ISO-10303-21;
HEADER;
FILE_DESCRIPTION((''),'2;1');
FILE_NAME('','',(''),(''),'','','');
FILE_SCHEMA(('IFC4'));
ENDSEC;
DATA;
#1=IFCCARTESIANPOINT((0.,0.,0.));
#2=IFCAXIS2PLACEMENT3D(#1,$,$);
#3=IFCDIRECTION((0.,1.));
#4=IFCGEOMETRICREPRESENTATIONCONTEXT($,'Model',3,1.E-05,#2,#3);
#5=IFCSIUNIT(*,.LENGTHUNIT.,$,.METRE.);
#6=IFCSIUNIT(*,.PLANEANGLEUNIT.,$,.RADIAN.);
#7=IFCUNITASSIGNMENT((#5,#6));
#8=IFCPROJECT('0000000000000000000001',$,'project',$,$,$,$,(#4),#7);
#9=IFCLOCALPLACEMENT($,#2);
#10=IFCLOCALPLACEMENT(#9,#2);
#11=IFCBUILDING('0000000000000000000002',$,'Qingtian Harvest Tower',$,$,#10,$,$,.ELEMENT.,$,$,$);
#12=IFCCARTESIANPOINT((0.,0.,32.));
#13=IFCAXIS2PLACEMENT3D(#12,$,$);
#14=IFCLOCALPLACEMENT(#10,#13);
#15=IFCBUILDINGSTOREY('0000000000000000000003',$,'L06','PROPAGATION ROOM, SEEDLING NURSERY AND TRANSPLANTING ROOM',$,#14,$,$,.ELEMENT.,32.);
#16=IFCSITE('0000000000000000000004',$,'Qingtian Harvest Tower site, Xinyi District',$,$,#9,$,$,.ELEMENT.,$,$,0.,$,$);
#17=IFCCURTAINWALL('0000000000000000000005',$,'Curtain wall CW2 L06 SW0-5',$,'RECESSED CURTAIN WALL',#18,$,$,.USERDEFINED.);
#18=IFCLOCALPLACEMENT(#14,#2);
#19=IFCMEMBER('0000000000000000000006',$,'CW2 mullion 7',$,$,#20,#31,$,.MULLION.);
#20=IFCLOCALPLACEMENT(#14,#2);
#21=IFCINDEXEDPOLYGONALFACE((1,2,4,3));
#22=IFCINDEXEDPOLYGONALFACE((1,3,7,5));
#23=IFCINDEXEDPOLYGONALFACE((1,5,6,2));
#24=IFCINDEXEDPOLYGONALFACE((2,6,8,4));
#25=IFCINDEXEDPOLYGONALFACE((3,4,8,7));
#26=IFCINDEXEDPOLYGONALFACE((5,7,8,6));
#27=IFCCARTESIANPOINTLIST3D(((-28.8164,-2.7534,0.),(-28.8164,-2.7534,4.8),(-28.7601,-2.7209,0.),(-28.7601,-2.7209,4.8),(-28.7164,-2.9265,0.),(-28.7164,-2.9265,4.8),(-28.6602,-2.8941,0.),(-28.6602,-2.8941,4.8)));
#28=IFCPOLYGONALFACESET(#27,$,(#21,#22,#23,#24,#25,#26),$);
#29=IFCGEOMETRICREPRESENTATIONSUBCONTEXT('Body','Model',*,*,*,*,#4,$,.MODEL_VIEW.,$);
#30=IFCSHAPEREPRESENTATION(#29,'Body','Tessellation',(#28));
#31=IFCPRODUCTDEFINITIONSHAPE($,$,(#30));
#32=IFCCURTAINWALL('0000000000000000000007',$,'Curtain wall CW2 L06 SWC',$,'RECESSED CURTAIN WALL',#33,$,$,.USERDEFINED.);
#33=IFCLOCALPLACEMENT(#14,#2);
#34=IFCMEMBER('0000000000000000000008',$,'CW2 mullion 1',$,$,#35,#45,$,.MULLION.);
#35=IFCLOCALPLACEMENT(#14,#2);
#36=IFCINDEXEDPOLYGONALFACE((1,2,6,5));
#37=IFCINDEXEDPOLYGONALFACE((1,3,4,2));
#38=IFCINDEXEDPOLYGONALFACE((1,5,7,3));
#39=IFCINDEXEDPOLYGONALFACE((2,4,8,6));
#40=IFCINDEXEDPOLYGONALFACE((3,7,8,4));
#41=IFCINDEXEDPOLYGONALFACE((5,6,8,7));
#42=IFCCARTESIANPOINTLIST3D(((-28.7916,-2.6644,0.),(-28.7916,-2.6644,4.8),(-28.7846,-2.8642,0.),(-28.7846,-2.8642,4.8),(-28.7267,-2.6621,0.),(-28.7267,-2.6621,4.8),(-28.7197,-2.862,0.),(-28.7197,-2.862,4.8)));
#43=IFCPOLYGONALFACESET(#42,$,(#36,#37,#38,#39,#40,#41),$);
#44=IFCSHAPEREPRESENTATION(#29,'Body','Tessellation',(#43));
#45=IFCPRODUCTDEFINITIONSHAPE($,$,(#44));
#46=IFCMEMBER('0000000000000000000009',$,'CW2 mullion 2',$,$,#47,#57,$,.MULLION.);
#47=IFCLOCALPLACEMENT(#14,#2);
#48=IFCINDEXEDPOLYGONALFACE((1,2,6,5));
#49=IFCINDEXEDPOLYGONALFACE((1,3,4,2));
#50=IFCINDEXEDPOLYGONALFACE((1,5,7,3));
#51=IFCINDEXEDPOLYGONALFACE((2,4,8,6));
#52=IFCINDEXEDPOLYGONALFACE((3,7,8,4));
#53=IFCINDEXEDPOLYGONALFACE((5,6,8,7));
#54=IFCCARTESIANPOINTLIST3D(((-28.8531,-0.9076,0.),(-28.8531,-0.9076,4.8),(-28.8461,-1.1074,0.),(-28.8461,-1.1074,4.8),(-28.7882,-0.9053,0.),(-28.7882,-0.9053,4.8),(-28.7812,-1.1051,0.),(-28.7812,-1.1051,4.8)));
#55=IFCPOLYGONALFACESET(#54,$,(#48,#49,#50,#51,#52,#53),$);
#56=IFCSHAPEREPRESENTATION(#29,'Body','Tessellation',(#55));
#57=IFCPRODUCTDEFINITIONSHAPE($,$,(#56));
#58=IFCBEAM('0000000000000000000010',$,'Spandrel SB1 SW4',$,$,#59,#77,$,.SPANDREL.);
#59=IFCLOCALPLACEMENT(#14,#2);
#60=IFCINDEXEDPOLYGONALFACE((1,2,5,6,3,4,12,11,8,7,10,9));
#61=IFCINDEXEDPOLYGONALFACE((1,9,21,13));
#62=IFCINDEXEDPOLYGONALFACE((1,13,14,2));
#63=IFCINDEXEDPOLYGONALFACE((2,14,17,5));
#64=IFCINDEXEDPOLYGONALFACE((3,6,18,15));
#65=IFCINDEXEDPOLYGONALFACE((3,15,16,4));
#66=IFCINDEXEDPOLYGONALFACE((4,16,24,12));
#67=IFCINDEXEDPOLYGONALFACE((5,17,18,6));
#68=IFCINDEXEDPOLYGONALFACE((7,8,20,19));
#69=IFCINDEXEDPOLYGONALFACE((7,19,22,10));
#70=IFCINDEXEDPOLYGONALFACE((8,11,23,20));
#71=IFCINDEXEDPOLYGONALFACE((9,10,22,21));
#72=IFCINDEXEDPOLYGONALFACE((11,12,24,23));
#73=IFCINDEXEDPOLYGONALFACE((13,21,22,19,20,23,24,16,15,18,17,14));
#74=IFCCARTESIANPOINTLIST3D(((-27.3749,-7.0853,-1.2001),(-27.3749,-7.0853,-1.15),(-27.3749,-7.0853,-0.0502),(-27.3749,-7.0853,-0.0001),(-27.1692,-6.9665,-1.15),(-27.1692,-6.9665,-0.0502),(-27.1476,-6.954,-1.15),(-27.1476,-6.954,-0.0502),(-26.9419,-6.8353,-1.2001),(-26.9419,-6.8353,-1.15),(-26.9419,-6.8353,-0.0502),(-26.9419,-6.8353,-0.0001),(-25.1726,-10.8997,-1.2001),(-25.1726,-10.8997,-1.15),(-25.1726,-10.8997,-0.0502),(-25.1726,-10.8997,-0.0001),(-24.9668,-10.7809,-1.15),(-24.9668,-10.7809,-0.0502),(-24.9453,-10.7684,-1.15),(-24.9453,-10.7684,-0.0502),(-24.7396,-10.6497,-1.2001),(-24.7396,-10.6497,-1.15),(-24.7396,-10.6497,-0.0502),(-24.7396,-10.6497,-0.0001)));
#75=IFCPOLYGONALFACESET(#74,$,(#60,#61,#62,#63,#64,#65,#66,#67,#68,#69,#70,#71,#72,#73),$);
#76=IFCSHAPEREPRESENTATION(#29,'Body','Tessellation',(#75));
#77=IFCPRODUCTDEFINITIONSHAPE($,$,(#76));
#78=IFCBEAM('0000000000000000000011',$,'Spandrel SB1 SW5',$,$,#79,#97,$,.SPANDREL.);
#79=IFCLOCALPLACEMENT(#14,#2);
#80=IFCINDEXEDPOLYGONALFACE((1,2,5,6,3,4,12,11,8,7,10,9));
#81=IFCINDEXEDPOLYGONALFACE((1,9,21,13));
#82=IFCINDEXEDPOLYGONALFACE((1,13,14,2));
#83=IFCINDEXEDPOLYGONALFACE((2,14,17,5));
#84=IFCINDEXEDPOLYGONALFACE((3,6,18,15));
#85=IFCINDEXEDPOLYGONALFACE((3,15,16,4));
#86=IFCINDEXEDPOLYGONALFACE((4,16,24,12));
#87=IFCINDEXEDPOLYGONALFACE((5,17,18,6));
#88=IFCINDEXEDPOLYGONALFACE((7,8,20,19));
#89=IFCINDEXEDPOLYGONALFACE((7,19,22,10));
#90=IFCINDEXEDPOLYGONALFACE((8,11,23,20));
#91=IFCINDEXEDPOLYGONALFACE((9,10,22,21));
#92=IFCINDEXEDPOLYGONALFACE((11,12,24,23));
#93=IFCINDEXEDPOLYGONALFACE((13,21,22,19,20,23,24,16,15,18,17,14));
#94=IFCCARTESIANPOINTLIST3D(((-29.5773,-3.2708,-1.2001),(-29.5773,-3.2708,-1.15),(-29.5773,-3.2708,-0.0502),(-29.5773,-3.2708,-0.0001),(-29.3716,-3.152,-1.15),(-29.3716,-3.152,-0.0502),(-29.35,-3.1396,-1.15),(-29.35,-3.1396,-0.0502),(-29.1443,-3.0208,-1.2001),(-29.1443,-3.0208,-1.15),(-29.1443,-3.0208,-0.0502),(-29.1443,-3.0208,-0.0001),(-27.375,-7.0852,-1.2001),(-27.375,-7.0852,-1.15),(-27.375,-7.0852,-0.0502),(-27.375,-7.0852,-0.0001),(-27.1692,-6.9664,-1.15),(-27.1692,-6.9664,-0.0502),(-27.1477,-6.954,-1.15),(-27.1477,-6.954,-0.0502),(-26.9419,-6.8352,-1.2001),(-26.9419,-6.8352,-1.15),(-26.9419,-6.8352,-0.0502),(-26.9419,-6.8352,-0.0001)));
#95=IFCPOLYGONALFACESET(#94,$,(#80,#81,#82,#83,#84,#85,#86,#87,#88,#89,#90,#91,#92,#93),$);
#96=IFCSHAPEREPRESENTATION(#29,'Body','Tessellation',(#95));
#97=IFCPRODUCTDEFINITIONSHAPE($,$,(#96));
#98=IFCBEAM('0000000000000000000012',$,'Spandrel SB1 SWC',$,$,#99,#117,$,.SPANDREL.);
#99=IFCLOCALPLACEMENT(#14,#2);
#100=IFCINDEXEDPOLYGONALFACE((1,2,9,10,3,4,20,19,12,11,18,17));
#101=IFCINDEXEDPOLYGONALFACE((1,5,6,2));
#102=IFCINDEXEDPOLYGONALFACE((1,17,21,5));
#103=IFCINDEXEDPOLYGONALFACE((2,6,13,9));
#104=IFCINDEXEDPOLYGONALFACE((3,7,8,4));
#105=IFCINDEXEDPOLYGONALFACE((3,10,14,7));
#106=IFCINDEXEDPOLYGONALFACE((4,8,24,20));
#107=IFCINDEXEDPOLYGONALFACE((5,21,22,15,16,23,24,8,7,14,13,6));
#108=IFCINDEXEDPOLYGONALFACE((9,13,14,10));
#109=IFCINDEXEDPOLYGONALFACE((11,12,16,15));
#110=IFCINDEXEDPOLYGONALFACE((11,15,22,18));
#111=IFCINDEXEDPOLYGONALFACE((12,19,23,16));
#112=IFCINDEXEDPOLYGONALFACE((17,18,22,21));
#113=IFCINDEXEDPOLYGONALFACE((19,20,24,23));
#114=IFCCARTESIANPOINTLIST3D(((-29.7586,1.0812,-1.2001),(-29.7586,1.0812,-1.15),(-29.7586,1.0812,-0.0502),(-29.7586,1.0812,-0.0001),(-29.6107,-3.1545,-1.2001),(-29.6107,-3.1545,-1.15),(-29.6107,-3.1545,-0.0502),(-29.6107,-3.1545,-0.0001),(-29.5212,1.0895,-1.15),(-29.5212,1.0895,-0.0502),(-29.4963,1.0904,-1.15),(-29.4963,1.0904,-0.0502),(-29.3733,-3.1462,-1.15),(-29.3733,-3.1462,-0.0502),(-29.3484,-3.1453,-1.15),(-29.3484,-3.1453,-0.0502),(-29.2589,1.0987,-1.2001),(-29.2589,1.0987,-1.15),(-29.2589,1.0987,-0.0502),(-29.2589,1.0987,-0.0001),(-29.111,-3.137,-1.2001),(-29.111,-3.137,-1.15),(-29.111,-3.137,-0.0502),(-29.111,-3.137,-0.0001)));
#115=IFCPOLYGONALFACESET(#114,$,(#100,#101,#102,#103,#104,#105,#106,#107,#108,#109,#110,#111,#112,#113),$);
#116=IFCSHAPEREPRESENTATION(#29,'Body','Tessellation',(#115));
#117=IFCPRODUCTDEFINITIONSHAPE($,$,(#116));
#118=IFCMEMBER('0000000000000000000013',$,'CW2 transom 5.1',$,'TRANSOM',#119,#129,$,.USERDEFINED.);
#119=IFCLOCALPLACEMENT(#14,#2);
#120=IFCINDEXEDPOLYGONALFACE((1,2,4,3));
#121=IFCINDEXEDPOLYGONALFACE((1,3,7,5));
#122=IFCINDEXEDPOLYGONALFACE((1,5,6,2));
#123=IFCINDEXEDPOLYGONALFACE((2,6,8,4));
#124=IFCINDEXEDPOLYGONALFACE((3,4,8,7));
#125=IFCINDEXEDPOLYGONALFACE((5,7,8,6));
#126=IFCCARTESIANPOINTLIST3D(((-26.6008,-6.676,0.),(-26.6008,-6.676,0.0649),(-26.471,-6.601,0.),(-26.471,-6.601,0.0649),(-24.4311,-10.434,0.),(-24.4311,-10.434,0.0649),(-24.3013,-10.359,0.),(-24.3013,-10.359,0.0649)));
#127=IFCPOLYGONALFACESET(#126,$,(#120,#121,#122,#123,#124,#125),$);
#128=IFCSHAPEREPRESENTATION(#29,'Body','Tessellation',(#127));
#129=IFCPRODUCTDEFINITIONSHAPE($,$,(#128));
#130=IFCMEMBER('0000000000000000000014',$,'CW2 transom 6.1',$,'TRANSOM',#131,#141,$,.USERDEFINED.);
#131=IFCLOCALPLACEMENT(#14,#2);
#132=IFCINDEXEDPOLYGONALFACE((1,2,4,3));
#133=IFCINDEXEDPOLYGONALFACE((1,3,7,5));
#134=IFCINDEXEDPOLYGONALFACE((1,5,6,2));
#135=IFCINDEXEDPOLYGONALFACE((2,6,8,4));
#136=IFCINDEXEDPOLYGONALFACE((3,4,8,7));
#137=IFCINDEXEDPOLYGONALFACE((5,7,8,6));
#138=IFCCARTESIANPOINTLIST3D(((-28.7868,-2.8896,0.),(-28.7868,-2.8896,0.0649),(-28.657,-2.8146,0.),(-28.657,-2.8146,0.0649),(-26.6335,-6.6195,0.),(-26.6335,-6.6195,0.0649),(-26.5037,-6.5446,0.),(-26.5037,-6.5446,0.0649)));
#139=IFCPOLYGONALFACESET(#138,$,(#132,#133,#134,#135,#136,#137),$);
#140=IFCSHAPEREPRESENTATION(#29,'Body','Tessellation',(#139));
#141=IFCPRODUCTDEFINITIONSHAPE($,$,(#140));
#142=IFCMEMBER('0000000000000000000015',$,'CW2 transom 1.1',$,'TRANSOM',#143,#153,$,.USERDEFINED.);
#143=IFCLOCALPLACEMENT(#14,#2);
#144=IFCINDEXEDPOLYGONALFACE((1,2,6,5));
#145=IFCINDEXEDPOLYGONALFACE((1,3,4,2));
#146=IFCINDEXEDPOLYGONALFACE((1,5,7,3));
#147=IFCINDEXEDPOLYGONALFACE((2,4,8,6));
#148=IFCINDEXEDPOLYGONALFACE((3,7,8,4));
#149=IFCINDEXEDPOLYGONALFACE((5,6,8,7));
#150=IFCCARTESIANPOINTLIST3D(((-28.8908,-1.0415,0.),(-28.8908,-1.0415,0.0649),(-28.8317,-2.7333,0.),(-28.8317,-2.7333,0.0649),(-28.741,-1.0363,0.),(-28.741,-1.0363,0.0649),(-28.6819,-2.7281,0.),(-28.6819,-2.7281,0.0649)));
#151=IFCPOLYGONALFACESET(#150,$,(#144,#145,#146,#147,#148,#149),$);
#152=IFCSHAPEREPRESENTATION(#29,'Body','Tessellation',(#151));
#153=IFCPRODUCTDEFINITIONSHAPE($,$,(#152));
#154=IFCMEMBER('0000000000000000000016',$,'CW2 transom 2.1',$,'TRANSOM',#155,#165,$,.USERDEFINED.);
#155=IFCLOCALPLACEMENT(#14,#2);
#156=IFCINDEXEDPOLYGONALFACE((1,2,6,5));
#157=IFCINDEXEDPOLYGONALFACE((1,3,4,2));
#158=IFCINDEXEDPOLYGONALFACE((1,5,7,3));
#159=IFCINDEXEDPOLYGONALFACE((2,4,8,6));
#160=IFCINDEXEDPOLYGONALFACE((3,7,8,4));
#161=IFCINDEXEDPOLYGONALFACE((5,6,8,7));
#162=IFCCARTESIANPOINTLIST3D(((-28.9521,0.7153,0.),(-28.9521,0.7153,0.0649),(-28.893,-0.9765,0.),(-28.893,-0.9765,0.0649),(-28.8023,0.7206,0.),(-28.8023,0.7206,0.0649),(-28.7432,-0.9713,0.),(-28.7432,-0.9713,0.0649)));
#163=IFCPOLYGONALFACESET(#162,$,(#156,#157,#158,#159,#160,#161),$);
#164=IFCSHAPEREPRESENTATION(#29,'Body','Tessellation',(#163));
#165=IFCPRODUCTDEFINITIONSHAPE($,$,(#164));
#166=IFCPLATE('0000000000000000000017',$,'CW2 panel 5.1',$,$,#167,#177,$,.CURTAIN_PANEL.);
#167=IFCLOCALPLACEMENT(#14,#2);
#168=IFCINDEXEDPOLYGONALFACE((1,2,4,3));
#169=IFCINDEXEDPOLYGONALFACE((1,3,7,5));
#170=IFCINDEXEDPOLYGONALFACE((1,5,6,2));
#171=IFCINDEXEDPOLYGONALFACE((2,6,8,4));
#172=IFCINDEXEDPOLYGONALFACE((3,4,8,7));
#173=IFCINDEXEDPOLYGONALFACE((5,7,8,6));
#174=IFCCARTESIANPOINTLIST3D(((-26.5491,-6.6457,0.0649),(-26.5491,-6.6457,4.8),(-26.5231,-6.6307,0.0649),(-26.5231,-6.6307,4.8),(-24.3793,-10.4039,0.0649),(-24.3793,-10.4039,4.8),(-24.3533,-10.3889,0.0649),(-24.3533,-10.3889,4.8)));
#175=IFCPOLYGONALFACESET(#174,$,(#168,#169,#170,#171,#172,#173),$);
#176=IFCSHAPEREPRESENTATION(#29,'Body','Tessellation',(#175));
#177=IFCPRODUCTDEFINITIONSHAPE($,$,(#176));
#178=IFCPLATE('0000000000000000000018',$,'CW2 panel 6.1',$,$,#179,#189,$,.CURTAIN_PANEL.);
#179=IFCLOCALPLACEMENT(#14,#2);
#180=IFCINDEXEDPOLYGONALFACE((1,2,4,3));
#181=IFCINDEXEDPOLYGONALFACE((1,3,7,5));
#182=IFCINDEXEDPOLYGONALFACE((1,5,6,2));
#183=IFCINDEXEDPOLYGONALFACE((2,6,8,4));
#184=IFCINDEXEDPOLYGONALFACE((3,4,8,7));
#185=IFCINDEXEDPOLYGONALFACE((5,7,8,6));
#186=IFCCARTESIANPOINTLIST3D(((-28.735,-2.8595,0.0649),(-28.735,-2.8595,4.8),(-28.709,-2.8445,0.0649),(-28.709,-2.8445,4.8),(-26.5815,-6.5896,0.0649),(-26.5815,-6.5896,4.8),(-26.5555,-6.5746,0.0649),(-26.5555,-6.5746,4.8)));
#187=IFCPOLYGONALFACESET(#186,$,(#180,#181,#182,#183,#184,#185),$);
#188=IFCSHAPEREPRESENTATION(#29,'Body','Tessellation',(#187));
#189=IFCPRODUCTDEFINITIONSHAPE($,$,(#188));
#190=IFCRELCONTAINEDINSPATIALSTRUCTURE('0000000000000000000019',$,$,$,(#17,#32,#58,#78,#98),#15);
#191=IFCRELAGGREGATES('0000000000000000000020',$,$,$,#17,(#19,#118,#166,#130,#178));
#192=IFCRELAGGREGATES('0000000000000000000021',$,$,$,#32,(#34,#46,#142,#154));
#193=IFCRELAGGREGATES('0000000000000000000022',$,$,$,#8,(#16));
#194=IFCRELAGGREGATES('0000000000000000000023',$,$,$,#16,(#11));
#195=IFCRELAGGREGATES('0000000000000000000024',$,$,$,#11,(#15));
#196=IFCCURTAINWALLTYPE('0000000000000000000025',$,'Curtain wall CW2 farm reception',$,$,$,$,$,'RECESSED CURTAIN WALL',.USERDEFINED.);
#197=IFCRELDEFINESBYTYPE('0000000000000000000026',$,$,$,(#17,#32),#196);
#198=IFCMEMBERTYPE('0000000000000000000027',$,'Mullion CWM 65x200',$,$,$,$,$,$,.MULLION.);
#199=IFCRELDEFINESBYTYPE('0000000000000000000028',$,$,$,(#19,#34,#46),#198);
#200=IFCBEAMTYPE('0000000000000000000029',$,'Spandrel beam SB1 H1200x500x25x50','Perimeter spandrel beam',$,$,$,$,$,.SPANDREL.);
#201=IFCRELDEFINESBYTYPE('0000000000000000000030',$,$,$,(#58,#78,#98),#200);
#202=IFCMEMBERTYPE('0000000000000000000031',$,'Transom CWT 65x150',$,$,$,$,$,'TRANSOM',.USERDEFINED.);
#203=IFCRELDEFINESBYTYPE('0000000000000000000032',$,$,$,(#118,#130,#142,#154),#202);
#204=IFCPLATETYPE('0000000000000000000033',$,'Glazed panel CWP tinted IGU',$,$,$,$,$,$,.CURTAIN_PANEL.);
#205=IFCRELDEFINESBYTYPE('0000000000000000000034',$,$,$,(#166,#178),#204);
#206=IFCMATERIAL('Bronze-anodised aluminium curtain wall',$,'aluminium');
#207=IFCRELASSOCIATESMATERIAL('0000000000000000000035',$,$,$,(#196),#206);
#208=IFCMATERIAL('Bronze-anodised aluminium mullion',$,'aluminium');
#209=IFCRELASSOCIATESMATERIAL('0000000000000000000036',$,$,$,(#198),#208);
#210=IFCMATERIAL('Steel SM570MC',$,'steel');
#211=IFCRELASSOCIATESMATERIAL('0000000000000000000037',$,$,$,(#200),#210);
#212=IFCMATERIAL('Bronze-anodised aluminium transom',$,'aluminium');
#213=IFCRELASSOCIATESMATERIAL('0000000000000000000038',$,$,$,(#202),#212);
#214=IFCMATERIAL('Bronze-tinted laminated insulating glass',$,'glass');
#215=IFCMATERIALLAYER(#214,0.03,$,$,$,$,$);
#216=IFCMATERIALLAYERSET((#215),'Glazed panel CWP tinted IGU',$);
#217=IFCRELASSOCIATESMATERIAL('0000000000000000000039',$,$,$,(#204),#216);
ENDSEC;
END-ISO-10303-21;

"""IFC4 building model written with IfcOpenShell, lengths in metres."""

from ifc_helpers import new_model, si_unit, direction, frame, origin, origin_2d, place, context, subcontext, project, spatial, rectangle, i_section, extrude, material, layer, layer_set, material_profile, profile_set, type_object, element, aggregate, save


model = new_model("IFC4")

# Units and contexts
model_context = context("Model", 3, precision=1e-05, world=origin(), true_north=direction((0.0, 1.0)))
body_context = subcontext(model_context, "Body", "Model", "MODEL_VIEW")
ifc_project = project(units=[si_unit("LENGTHUNIT", "METRE"), si_unit("PLANEANGLEUNIT", "RADIAN")], contexts=[model_context])

# Site, building, storey
site_placement = place(None, origin())
site = spatial("IfcSite", under=ifc_project, at=site_placement, Name="Qingtian Harvest Tower site, Xinyi District", CompositionType="ELEMENT", RefElevation=0.0)
building_placement = place(site_placement, origin())
building = spatial("IfcBuilding", under=site, at=building_placement, Name="Qingtian Harvest Tower", CompositionType="ELEMENT")
storey_placement = place(building_placement, frame((0.0, 0.0, 32.0)))
storey = spatial("IfcBuildingStorey", under=building, at=storey_placement, Name="L06", Description="PROPAGATION ROOM, SEEDLING NURSERY AND TRANSPLANTING ROOM", CompositionType="ELEMENT", Elevation=32.0)

# Curtain walls, members
ifc_material_1 = material(Name="Bronze-anodised aluminium curtain wall", Category="aluminium")
curtain_wall_type = type_object("IfcCurtainWallType", Name="Curtain wall CW2 farm reception", ElementType="RECESSED CURTAIN WALL", PredefinedType="USERDEFINED", material=ifc_material_1)
curtain_wall_1_placement = place(storey_placement, origin())
curtain_wall_1 = element("IfcCurtainWall", 1, at=curtain_wall_1_placement, inside=storey, type_object=curtain_wall_type, Name="Curtain wall CW2 L06 SW0-5", ObjectType="RECESSED CURTAIN WALL", PredefinedType="USERDEFINED")
ifc_material_2 = material(Name="Bronze-anodised aluminium mullion", Category="aluminium")
ifc_material_profile_1 = material_profile(ifc_material_2, rectangle(XDim=0.0649, YDim=0.2, at=origin_2d()), Name="AL 65x200")
ifc_profile_set_1 = profile_set([ifc_material_profile_1], Name="Bronze-anodised aluminium mullion")
member_type_1 = type_object("IfcMemberType", Name="Mullion CWM 65x200", PredefinedType="MULLION", material=ifc_profile_set_1)
member_1_placement = place(storey_placement, frame((-28.7383, -2.8237, 0.0), z_axis=(0.0, 0.0, 1.0), x_axis=(-0.866025, -0.5, 0.0)))
member_1 = element("IfcMember", 2, at=member_1_placement, type_object=member_type_1, Name="CW2 mullion 7", PredefinedType="MULLION", context=body_context, shape_type="SweptSolid", body=[
    extrude(rectangle(XDim=0.0649, YDim=0.2, at=origin_2d()), origin(), (0.0, 0.0, 1.0), 4.8),
])
curtain_wall_2_placement = place(storey_placement, origin())
curtain_wall_2 = element("IfcCurtainWall", 3, at=curtain_wall_2_placement, inside=storey, type_object=curtain_wall_type, Name="Curtain wall CW2 L06 SWC", ObjectType="RECESSED CURTAIN WALL", PredefinedType="USERDEFINED")
member_2_placement = place(storey_placement, frame((-28.7556, -2.7632, 0.0), z_axis=(0.0, 0.0, 1.0), x_axis=(-0.999391, -0.034899, 0.0)))
member_2 = element("IfcMember", 4, at=member_2_placement, type_object=member_type_1, Name="CW2 mullion 1", PredefinedType="MULLION", context=body_context, shape_type="SweptSolid", body=[
    extrude(rectangle(XDim=0.0649, YDim=0.2, at=origin_2d()), origin(), (0.0, 0.0, 1.0), 4.8),
])
member_3_placement = place(storey_placement, frame((-28.8171, -1.0063, 0.0), z_axis=(0.0, 0.0, 1.0), x_axis=(-0.999391, -0.034899, 0.0)))
member_3 = element("IfcMember", 5, at=member_3_placement, type_object=member_type_1, Name="CW2 mullion 2", PredefinedType="MULLION", context=body_context, shape_type="SweptSolid", body=[
    extrude(rectangle(XDim=0.0649, YDim=0.2, at=origin_2d()), origin(), (0.0, 0.0, 1.0), 4.8),
])

# Beams
ifc_material_3 = material(Name="Steel SM570MC", Category="steel")
ifc_material_profile_2 = material_profile(ifc_material_3, i_section(OverallWidth=0.5, OverallDepth=1.2, WebThickness=0.0249, FlangeThickness=0.05, at=origin_2d()), Name="H1200x500x25x50")
ifc_profile_set_2 = profile_set([ifc_material_profile_2], Name="Steel SM570MC")
beam_type_1 = type_object("IfcBeamType", Name="Spandrel beam SB1 H1200x500x25x50", Description="Perimeter spandrel beam", PredefinedType="SPANDREL", material=ifc_profile_set_2)
for number, where, z_axis, x_axis, name in (
    (6, (-24.9561, -10.7747, -0.6001), (-0.50002, 0.866014, 0.0), (-0.866014, -0.50002, 0.0), "Spandrel SB1 SW4"),
    (7, (-27.1584, -6.9602, -0.6001), (-0.50002, 0.866014, 0.0), (-0.866014, -0.50002, 0.0), "Spandrel SB1 SW5"),
):
    element("IfcBeam", number, at=place(storey_placement, frame(where, z_axis=z_axis, x_axis=x_axis)), inside=storey, type_object=beam_type_1, Name=name, PredefinedType="SPANDREL", context=body_context, shape_type="SweptSolid", body=[
        extrude(i_section(OverallWidth=0.5, OverallDepth=1.2, WebThickness=0.0249, FlangeThickness=0.05, at=origin_2d()), origin(), (0.0, 0.0, 1.0), 4.4045),
    ])
beam_1_placement = place(storey_placement, frame((-29.3608, -3.1458, -0.6001), z_axis=(-0.034909, 0.999391, 0.0), x_axis=(-0.999391, -0.034909, 0.0)))
element("IfcBeam", 8, at=beam_1_placement, inside=storey, type_object=beam_type_1, Name="Spandrel SB1 SWC", PredefinedType="SPANDREL", context=body_context, shape_type="SweptSolid", body=[
    extrude(i_section(OverallWidth=0.5, OverallDepth=1.2, WebThickness=0.0249, FlangeThickness=0.05, at=origin_2d()), origin(), (0.0, 0.0, 1.0), 4.2383),
])

# Members
ifc_material_4 = material(Name="Bronze-anodised aluminium transom", Category="aluminium")
ifc_material_profile_3 = material_profile(ifc_material_4, rectangle(XDim=0.1499, YDim=0.0649, at=origin_2d()), Name="AL 65x150")
ifc_profile_set_3 = profile_set([ifc_material_profile_3], Name="Bronze-anodised aluminium transom")
member_type_2 = type_object("IfcMemberType", Name="Transom CWT 65x150", ElementType="TRANSOM", PredefinedType="USERDEFINED", material=ifc_profile_set_3)
member_4_placement = place(storey_placement, frame((-24.3662, -10.3965, 0.0325), z_axis=(-0.499994, 0.866029, 0.0), x_axis=(-0.866029, -0.499994, 0.0)))
member_4 = element("IfcMember", 9, at=member_4_placement, type_object=member_type_2, Name="CW2 transom 5.1", ObjectType="TRANSOM", PredefinedType="USERDEFINED", context=body_context, shape_type="SweptSolid", body=[
    extrude(rectangle(XDim=0.1499, YDim=0.0649, at=origin_2d()), origin(), (0.0, 0.0, 1.0), 4.3394),
])
member_5_placement = place(storey_placement, frame((-26.5686, -6.582, 0.0325), z_axis=(-0.499968, 0.866044, 0.0), x_axis=(-0.866044, -0.499968, 0.0)))
member_5 = element("IfcMember", 10, at=member_5_placement, type_object=member_type_2, Name="CW2 transom 6.1", ObjectType="TRANSOM", PredefinedType="USERDEFINED", context=body_context, shape_type="SweptSolid", body=[
    extrude(rectangle(XDim=0.1499, YDim=0.0649, at=origin_2d()), origin(), (0.0, 0.0, 1.0), 4.3069),
])
member_6_placement = place(storey_placement, frame((-28.7568, -2.7307, 0.0325), z_axis=(-0.034899, 0.999391, 0.0), x_axis=(-0.999391, -0.034899, 0.0)))
member_6 = element("IfcMember", 11, at=member_6_placement, type_object=member_type_2, Name="CW2 transom 1.1", ObjectType="TRANSOM", PredefinedType="USERDEFINED", context=body_context, shape_type="SweptSolid", body=[
    extrude(rectangle(XDim=0.1499, YDim=0.0649, at=origin_2d()), origin(), (0.0, 0.0, 1.0), 1.6929),
])
member_7_placement = place(storey_placement, frame((-28.8181, -0.9739, 0.0325), z_axis=(-0.034899, 0.999391, 0.0), x_axis=(-0.999391, -0.034899, 0.0)))
member_7 = element("IfcMember", 12, at=member_7_placement, type_object=member_type_2, Name="CW2 transom 2.1", ObjectType="TRANSOM", PredefinedType="USERDEFINED", context=body_context, shape_type="SweptSolid", body=[
    extrude(rectangle(XDim=0.1499, YDim=0.0649, at=origin_2d()), origin(), (0.0, 0.0, 1.0), 1.6929),
])

# Plates
ifc_material_5 = material(Name="Bronze-tinted laminated insulating glass", Category="glass")
ifc_layer_1 = layer(ifc_material_5, 0.03)
ifc_layer_set_1 = layer_set([ifc_layer_1], Name="Glazed panel CWP tinted IGU")
plate_type = type_object("IfcPlateType", Name="Glazed panel CWP tinted IGU", PredefinedType="CURTAIN_PANEL", material=ifc_layer_set_1)
plate_1_placement = place(storey_placement, frame((-25.4512, -8.5173, 0.0649), z_axis=(0.0, 0.0, 1.0), x_axis=(-0.5, 0.866025, 0.0)))
plate_1 = element("IfcPlate", 13, at=plate_1_placement, type_object=plate_type, Name="CW2 panel 5.1", PredefinedType="CURTAIN_PANEL", context=body_context, shape_type="SweptSolid", body=[
    extrude(rectangle(XDim=4.3396, YDim=0.03, at=origin_2d()), origin(), (0.0, 0.0, 1.0), 4.7351),
])
plate_2_placement = place(storey_placement, frame((-27.6453, -4.717, 0.0649), z_axis=(0.0, 0.0, 1.0), x_axis=(-0.5, 0.866025, 0.0)))
plate_2 = element("IfcPlate", 14, at=plate_2_placement, type_object=plate_type, Name="CW2 panel 6.1", PredefinedType="CURTAIN_PANEL", context=body_context, shape_type="SweptSolid", body=[
    extrude(rectangle(XDim=4.3071, YDim=0.03, at=origin_2d()), origin(), (0.0, 0.0, 1.0), 4.7351),
])
aggregate(curtain_wall_1, [member_1, member_4, plate_1, member_5, plate_2])
aggregate(curtain_wall_2, [member_2, member_3, member_6, member_7])

save(model, "model.ifc")
